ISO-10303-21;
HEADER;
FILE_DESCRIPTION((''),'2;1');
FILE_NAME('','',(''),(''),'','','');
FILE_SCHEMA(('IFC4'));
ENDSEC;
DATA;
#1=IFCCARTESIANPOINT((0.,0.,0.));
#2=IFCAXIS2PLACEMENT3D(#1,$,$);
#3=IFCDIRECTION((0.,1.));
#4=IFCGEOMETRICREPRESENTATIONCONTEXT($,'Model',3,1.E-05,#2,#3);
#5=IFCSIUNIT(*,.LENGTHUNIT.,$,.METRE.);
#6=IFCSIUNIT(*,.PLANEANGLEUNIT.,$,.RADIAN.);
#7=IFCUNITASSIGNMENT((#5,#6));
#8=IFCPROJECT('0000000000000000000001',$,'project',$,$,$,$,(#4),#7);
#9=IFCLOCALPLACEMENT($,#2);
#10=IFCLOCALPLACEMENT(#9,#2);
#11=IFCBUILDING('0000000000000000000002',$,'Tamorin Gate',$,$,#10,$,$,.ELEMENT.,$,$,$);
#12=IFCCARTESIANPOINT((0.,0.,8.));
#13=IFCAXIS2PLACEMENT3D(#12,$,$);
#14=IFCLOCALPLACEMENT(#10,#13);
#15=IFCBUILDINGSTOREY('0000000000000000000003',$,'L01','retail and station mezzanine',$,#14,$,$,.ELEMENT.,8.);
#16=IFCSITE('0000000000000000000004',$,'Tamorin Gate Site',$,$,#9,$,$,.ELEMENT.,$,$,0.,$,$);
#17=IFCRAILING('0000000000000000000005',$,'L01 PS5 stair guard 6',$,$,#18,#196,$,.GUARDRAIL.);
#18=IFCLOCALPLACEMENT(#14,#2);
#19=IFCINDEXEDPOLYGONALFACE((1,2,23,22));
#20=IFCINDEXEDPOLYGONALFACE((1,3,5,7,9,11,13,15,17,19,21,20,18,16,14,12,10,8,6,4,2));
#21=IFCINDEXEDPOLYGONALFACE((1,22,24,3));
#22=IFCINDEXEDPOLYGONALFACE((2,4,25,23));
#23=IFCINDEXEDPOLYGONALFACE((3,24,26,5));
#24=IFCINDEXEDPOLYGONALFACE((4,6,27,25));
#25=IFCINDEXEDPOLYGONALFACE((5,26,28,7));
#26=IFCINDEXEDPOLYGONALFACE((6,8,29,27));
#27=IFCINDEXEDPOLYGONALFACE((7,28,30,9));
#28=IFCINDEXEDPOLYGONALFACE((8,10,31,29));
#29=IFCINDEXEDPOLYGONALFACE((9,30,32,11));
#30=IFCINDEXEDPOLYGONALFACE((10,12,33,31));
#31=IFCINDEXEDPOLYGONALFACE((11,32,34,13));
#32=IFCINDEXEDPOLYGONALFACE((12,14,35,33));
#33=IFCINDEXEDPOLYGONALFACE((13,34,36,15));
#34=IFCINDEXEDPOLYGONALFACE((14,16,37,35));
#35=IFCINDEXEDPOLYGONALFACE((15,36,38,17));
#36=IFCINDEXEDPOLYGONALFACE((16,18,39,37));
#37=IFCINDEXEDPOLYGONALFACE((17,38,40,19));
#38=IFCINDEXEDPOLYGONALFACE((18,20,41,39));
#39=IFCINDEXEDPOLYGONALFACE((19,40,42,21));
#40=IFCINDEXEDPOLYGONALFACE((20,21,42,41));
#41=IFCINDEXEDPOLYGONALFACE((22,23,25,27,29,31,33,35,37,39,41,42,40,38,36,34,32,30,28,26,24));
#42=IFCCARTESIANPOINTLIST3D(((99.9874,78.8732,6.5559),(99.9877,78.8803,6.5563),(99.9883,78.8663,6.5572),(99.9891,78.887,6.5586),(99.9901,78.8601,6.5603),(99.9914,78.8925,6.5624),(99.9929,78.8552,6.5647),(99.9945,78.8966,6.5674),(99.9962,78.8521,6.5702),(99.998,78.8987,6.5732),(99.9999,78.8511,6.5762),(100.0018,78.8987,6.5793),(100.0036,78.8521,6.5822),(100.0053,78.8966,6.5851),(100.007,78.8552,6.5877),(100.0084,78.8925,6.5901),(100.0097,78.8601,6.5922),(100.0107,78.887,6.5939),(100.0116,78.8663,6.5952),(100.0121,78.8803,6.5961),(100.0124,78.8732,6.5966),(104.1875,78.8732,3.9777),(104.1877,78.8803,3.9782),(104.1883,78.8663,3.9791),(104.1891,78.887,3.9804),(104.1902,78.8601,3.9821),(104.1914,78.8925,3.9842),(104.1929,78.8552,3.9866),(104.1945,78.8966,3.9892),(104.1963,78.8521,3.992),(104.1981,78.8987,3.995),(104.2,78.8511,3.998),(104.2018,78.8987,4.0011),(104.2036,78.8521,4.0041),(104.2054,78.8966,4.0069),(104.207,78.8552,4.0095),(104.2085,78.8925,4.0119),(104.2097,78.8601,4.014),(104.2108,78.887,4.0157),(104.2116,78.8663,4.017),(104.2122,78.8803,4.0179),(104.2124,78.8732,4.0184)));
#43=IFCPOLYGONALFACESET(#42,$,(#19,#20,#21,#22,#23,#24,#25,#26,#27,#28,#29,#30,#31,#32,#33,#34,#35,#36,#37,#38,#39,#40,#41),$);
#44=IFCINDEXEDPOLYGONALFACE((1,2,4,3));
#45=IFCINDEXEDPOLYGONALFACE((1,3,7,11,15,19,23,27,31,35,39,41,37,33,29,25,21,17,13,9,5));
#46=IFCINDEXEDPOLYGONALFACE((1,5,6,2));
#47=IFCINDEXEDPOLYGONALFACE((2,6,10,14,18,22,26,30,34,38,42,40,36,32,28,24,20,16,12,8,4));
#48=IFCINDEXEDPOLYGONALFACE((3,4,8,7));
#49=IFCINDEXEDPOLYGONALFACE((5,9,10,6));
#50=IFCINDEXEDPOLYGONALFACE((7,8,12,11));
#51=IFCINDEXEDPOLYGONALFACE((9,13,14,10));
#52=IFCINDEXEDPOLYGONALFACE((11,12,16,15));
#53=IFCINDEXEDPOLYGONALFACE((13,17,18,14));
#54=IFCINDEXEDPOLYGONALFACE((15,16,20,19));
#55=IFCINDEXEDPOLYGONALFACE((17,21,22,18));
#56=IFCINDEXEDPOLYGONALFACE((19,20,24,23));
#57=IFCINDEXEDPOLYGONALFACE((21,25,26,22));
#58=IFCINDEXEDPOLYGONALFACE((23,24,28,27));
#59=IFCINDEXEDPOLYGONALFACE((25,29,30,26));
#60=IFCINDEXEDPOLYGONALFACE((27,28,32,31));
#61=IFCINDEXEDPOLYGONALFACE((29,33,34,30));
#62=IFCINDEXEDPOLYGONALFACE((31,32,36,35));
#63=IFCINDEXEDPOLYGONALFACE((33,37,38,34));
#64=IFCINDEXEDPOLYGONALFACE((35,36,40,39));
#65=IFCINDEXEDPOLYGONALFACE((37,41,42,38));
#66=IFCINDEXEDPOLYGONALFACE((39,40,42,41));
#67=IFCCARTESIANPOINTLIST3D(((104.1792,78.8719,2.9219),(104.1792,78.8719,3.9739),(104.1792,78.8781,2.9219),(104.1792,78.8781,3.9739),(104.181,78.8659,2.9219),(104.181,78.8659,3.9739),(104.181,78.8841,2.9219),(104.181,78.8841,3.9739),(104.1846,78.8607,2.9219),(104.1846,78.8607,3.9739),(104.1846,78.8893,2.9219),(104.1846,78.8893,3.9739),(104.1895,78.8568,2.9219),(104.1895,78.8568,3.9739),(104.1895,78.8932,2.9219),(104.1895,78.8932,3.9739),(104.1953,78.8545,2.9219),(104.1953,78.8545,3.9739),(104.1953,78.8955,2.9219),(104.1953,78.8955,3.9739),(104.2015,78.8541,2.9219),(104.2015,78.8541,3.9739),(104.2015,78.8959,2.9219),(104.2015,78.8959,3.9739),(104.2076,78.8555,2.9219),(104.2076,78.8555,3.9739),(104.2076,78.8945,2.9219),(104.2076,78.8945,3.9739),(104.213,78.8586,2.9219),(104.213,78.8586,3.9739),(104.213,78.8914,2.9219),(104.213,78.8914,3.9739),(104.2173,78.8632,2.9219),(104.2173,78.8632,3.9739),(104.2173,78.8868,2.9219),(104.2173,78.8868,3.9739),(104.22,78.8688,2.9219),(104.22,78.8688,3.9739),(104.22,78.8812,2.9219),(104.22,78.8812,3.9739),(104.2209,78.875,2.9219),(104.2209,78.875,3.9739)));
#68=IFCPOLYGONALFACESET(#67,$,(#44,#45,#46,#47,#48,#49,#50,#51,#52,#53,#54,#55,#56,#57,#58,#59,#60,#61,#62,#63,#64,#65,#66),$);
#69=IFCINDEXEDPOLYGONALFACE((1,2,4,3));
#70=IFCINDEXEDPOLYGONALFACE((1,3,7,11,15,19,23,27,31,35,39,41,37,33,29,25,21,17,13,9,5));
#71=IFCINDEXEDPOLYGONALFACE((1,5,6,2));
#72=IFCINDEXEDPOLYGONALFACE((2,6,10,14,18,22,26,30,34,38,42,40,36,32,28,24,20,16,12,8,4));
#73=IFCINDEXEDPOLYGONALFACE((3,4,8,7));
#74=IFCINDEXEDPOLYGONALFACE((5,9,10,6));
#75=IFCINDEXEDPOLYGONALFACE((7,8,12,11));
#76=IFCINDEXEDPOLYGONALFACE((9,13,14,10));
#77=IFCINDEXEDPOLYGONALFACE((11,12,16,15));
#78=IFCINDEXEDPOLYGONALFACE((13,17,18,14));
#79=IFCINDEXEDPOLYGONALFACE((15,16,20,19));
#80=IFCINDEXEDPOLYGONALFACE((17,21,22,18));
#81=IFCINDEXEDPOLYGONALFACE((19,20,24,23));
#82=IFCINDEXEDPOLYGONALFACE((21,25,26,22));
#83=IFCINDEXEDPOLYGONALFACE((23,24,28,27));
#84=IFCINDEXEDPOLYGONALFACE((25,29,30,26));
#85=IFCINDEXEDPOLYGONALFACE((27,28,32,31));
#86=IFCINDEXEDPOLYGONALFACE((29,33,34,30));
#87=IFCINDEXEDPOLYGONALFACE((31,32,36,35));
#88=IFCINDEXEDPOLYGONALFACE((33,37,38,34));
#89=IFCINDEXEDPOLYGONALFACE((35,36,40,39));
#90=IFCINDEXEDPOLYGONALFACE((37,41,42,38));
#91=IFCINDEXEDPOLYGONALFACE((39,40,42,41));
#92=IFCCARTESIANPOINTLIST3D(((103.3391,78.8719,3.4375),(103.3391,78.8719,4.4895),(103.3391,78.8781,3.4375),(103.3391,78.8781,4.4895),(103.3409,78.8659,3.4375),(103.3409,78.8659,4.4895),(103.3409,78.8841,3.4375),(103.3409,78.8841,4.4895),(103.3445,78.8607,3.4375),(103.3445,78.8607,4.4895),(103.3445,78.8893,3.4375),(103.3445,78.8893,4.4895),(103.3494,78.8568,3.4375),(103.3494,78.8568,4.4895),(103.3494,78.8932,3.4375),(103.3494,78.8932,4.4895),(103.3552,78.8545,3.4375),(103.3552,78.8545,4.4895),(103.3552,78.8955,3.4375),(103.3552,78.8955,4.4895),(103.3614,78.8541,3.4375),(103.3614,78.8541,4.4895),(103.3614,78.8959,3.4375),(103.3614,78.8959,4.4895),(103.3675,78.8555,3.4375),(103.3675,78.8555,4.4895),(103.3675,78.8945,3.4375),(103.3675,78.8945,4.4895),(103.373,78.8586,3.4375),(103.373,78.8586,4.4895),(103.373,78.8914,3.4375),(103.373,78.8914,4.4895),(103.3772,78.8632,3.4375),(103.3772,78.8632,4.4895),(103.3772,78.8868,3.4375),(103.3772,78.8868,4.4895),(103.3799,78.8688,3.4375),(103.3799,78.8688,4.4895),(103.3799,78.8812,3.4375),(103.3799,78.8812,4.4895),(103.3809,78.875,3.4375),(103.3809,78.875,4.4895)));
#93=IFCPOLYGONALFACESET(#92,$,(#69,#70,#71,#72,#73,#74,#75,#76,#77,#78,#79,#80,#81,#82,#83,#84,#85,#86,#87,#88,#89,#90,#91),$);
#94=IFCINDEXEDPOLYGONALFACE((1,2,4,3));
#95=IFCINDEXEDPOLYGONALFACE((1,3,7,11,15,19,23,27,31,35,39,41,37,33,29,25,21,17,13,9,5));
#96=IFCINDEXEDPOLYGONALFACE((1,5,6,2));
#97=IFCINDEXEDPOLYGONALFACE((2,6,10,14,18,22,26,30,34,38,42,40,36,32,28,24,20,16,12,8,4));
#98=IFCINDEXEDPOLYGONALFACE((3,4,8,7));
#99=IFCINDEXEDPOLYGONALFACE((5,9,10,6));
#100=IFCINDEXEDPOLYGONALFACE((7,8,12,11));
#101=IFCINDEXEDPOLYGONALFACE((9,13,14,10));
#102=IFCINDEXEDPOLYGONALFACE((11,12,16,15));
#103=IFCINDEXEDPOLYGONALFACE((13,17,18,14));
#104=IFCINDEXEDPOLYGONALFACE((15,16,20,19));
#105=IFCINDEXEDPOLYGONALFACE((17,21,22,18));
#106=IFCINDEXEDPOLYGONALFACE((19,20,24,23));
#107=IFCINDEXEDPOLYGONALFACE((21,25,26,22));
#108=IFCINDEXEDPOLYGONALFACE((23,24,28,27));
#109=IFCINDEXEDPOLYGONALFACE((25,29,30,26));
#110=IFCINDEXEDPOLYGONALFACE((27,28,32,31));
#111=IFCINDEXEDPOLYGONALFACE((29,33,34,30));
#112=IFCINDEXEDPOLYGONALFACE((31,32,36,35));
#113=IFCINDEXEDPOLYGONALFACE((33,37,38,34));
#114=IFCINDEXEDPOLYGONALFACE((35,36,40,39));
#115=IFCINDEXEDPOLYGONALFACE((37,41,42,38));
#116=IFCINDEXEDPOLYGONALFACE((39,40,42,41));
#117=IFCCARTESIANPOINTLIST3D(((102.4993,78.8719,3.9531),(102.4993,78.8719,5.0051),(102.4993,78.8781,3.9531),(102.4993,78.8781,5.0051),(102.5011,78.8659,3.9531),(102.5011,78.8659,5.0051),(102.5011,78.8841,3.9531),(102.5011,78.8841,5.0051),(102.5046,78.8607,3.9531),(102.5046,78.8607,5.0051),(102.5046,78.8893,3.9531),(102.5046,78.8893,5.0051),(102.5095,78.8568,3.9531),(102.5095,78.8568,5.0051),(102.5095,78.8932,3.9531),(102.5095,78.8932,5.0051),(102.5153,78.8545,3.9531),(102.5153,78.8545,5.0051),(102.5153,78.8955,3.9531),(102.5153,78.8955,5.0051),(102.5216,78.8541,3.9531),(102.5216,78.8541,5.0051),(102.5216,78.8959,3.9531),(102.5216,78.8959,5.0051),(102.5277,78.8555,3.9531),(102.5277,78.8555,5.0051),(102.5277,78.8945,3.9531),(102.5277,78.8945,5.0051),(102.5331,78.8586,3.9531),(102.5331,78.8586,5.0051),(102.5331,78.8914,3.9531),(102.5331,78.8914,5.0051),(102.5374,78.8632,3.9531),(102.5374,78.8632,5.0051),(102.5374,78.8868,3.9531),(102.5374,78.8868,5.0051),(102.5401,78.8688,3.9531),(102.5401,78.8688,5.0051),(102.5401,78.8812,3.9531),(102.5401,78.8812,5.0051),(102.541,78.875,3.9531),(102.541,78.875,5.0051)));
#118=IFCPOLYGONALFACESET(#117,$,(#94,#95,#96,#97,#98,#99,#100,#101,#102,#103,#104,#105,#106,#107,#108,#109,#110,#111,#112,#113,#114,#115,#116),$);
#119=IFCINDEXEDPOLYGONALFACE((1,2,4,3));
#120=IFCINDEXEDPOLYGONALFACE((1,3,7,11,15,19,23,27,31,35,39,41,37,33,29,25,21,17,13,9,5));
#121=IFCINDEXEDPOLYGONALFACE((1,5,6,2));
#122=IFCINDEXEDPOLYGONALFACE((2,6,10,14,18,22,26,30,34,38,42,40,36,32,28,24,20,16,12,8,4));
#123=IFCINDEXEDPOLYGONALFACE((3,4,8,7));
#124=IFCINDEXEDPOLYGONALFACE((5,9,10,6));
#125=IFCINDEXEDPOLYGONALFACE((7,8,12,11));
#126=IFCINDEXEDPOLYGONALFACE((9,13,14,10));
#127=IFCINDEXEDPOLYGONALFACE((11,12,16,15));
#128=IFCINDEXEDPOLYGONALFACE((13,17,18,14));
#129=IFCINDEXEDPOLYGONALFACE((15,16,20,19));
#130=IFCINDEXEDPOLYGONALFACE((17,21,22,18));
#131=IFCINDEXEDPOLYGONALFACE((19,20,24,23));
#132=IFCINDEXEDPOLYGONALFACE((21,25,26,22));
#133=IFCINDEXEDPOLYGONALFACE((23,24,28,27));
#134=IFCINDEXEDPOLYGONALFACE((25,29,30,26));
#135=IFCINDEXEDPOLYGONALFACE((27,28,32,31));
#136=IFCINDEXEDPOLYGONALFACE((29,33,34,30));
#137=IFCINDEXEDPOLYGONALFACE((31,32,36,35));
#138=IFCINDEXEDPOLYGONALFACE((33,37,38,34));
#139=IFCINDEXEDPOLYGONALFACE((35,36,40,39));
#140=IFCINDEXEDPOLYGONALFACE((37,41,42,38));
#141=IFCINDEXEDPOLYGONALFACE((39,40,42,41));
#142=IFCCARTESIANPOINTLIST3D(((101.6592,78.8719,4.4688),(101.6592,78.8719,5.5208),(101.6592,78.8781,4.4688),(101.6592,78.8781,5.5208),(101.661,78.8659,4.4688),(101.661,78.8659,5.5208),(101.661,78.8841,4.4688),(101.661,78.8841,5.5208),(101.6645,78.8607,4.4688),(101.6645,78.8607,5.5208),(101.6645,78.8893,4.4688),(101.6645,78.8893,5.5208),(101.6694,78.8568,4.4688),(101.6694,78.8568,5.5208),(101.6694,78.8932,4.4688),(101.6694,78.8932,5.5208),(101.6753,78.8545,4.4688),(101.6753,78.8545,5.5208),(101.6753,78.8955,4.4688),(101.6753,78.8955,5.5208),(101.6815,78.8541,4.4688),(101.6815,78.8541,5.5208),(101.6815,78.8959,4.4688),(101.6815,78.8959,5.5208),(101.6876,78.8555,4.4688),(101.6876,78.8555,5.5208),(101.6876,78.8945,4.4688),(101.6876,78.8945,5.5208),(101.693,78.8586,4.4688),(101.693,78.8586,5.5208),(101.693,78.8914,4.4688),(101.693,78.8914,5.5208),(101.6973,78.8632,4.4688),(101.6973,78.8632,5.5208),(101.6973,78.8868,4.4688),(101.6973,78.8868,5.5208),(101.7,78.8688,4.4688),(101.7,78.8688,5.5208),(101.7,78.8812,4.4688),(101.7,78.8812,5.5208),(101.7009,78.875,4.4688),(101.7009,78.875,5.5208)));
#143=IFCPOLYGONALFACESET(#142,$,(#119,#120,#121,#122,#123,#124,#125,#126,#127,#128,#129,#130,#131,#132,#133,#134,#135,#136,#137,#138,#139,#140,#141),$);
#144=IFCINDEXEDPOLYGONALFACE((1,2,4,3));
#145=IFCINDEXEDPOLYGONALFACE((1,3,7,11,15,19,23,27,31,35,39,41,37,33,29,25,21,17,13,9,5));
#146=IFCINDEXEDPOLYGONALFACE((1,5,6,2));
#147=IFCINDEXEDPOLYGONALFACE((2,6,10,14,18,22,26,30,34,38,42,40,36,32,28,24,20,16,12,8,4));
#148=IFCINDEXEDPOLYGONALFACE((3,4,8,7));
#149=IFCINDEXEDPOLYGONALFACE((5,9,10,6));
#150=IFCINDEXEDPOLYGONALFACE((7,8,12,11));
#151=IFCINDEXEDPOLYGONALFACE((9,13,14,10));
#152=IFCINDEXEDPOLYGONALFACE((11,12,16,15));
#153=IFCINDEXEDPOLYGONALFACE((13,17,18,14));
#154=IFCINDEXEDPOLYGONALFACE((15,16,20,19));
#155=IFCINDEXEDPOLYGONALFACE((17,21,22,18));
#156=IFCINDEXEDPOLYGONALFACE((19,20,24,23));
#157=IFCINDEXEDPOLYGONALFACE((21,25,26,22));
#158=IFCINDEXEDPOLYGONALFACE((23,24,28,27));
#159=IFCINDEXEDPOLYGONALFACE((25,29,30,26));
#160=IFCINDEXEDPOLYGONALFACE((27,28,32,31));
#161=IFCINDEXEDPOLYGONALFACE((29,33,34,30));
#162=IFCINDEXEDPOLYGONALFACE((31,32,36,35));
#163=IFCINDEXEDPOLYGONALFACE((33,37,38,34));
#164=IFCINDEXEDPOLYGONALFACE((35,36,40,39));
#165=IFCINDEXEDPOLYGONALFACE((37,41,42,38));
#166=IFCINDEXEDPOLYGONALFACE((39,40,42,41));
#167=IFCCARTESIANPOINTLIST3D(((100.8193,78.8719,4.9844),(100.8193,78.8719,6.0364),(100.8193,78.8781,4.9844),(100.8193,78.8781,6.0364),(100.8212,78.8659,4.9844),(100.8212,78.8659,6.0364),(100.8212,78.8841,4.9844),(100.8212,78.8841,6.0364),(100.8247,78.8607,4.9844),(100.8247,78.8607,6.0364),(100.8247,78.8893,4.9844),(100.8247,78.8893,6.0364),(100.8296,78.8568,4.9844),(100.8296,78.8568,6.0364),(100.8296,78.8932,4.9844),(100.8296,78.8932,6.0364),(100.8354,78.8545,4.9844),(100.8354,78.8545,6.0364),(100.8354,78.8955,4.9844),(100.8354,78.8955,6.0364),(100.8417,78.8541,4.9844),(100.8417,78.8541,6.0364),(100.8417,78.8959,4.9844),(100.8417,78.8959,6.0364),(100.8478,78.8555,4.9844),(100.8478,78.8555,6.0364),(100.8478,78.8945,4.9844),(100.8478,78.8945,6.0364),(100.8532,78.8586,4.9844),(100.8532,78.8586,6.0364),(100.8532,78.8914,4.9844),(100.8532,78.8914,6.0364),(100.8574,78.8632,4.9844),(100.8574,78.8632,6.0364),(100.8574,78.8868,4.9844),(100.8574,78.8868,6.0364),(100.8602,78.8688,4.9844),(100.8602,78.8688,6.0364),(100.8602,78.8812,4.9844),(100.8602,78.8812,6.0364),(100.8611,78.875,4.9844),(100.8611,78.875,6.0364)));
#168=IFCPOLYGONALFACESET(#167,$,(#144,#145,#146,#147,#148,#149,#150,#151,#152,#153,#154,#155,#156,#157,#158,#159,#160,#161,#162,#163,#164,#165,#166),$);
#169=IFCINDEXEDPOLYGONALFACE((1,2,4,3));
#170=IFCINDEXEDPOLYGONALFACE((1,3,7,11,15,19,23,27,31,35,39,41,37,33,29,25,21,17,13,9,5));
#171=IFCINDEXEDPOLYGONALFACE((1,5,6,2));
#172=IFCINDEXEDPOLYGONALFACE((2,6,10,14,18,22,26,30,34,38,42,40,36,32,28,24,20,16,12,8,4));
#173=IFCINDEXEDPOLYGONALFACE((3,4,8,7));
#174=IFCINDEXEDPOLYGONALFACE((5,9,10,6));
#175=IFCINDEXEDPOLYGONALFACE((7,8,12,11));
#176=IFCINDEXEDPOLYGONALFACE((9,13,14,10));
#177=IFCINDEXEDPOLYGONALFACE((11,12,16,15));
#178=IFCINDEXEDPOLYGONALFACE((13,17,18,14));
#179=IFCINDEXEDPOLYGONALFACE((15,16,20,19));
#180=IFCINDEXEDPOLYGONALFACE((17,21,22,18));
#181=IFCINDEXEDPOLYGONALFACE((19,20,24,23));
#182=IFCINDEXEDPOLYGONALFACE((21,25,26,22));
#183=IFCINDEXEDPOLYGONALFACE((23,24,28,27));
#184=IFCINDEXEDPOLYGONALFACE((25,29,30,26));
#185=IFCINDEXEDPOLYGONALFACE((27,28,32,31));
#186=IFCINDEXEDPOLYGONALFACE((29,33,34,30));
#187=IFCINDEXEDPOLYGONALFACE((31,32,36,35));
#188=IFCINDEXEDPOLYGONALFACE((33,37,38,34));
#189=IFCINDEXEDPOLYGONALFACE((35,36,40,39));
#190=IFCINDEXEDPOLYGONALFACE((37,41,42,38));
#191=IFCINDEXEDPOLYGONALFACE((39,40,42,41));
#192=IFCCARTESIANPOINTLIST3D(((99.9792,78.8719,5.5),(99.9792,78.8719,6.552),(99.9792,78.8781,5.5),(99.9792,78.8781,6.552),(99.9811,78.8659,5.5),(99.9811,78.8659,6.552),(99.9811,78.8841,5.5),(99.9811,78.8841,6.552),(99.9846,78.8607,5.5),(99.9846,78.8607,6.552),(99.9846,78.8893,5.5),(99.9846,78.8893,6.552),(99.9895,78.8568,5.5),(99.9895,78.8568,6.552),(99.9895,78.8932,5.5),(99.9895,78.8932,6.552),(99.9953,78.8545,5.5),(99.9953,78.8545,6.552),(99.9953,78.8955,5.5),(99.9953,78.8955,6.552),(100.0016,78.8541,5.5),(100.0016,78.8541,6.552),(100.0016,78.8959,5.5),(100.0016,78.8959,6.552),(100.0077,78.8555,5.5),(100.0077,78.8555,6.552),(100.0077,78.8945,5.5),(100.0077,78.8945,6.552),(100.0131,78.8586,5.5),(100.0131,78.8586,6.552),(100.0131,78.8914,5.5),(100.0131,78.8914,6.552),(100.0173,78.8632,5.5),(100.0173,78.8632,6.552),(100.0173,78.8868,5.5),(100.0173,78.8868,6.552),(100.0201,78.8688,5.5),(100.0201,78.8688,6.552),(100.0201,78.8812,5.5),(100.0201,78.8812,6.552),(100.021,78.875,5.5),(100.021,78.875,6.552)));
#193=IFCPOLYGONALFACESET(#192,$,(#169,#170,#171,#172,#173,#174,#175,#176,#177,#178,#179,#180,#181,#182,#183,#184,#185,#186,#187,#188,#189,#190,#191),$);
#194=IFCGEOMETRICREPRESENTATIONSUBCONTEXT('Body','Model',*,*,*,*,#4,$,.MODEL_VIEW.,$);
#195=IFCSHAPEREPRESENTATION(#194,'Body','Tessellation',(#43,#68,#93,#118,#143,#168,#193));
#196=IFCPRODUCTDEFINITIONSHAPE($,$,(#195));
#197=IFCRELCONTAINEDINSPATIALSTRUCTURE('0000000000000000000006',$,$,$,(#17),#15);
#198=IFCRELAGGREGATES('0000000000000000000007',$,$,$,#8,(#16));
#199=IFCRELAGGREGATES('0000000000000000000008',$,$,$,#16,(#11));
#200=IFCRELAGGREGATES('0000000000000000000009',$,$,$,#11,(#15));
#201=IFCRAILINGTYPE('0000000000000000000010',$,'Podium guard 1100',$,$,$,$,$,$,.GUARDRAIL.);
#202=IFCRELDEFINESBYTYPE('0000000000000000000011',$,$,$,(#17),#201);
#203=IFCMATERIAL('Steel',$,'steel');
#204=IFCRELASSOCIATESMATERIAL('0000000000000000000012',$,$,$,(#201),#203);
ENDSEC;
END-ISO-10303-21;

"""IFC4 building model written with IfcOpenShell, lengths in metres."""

from ifc_helpers import new_model, si_unit, direction, frame, origin, origin_2d, place, context, subcontext, project, spatial, circle, extrude, material, type_object, element, save


model = new_model("IFC4")

# Units and contexts
model_context = context("Model", 3, precision=1e-05, world=origin(), true_north=direction((0.0, 1.0)))
body_context = subcontext(model_context, "Body", "Model", "MODEL_VIEW")
ifc_project = project(units=[si_unit("LENGTHUNIT", "METRE"), si_unit("PLANEANGLEUNIT", "RADIAN")], contexts=[model_context])

# Site, building, storey
site_placement = place(None, origin())
site = spatial("IfcSite", under=ifc_project, at=site_placement, Name="Tamorin Gate Site", CompositionType="ELEMENT", RefElevation=0.0)
building_placement = place(site_placement, origin())
building = spatial("IfcBuilding", under=site, at=building_placement, Name="Tamorin Gate", CompositionType="ELEMENT")
storey_placement = place(building_placement, frame((0.0, 0.0, 8.0)))
storey = spatial("IfcBuildingStorey", under=building, at=storey_placement, Name="L01", Description="retail and station mezzanine", CompositionType="ELEMENT", Elevation=8.0)

# Railing
ifc_material_1 = material(Name="Steel", Category="steel")
railing_type_1 = type_object("IfcRailingType", Name="Podium guard 1100", PredefinedType="GUARDRAIL", material=ifc_material_1)
railing_1_placement = place(storey_placement, frame((104.2, 78.875, 2.9219)))
element("IfcRailing", 1, at=railing_1_placement, inside=storey, type_object=railing_type_1, Name="L01 PS5 stair guard 6", PredefinedType="GUARDRAIL", context=body_context, shape_type="SweptSolid", body=[
    extrude(circle(Radius=0.0239, at=origin_2d()), frame((0.0, 0.0, 1.0762), z_axis=(-0.852243, 0.0, 0.523146), x_axis=(0.0, -1.0, 0.0)), (0.0, 0.0, 1.0), 4.9282),
    extrude(circle(Radius=0.021, at=origin_2d()), origin(), (0.0, 0.0, 1.0), 1.052),
    extrude(circle(Radius=0.021, at=origin_2d()), frame((-0.8401, 0.0, 0.5156)), (0.0, 0.0, 1.0), 1.052),
    extrude(circle(Radius=0.021, at=origin_2d()), frame((-1.6799, 0.0, 1.0312)), (0.0, 0.0, 1.0), 1.052),
    extrude(circle(Radius=0.021, at=origin_2d()), frame((-2.52, 0.0, 1.5469)), (0.0, 0.0, 1.0), 1.052),
    extrude(circle(Radius=0.021, at=origin_2d()), frame((-3.3599, 0.0, 2.0625)), (0.0, 0.0, 1.0), 1.052),
    extrude(circle(Radius=0.021, at=origin_2d()), frame((-4.2, 0.0, 2.5781)), (0.0, 0.0, 1.0), 1.052),
])

save(model, "model.ifc")
